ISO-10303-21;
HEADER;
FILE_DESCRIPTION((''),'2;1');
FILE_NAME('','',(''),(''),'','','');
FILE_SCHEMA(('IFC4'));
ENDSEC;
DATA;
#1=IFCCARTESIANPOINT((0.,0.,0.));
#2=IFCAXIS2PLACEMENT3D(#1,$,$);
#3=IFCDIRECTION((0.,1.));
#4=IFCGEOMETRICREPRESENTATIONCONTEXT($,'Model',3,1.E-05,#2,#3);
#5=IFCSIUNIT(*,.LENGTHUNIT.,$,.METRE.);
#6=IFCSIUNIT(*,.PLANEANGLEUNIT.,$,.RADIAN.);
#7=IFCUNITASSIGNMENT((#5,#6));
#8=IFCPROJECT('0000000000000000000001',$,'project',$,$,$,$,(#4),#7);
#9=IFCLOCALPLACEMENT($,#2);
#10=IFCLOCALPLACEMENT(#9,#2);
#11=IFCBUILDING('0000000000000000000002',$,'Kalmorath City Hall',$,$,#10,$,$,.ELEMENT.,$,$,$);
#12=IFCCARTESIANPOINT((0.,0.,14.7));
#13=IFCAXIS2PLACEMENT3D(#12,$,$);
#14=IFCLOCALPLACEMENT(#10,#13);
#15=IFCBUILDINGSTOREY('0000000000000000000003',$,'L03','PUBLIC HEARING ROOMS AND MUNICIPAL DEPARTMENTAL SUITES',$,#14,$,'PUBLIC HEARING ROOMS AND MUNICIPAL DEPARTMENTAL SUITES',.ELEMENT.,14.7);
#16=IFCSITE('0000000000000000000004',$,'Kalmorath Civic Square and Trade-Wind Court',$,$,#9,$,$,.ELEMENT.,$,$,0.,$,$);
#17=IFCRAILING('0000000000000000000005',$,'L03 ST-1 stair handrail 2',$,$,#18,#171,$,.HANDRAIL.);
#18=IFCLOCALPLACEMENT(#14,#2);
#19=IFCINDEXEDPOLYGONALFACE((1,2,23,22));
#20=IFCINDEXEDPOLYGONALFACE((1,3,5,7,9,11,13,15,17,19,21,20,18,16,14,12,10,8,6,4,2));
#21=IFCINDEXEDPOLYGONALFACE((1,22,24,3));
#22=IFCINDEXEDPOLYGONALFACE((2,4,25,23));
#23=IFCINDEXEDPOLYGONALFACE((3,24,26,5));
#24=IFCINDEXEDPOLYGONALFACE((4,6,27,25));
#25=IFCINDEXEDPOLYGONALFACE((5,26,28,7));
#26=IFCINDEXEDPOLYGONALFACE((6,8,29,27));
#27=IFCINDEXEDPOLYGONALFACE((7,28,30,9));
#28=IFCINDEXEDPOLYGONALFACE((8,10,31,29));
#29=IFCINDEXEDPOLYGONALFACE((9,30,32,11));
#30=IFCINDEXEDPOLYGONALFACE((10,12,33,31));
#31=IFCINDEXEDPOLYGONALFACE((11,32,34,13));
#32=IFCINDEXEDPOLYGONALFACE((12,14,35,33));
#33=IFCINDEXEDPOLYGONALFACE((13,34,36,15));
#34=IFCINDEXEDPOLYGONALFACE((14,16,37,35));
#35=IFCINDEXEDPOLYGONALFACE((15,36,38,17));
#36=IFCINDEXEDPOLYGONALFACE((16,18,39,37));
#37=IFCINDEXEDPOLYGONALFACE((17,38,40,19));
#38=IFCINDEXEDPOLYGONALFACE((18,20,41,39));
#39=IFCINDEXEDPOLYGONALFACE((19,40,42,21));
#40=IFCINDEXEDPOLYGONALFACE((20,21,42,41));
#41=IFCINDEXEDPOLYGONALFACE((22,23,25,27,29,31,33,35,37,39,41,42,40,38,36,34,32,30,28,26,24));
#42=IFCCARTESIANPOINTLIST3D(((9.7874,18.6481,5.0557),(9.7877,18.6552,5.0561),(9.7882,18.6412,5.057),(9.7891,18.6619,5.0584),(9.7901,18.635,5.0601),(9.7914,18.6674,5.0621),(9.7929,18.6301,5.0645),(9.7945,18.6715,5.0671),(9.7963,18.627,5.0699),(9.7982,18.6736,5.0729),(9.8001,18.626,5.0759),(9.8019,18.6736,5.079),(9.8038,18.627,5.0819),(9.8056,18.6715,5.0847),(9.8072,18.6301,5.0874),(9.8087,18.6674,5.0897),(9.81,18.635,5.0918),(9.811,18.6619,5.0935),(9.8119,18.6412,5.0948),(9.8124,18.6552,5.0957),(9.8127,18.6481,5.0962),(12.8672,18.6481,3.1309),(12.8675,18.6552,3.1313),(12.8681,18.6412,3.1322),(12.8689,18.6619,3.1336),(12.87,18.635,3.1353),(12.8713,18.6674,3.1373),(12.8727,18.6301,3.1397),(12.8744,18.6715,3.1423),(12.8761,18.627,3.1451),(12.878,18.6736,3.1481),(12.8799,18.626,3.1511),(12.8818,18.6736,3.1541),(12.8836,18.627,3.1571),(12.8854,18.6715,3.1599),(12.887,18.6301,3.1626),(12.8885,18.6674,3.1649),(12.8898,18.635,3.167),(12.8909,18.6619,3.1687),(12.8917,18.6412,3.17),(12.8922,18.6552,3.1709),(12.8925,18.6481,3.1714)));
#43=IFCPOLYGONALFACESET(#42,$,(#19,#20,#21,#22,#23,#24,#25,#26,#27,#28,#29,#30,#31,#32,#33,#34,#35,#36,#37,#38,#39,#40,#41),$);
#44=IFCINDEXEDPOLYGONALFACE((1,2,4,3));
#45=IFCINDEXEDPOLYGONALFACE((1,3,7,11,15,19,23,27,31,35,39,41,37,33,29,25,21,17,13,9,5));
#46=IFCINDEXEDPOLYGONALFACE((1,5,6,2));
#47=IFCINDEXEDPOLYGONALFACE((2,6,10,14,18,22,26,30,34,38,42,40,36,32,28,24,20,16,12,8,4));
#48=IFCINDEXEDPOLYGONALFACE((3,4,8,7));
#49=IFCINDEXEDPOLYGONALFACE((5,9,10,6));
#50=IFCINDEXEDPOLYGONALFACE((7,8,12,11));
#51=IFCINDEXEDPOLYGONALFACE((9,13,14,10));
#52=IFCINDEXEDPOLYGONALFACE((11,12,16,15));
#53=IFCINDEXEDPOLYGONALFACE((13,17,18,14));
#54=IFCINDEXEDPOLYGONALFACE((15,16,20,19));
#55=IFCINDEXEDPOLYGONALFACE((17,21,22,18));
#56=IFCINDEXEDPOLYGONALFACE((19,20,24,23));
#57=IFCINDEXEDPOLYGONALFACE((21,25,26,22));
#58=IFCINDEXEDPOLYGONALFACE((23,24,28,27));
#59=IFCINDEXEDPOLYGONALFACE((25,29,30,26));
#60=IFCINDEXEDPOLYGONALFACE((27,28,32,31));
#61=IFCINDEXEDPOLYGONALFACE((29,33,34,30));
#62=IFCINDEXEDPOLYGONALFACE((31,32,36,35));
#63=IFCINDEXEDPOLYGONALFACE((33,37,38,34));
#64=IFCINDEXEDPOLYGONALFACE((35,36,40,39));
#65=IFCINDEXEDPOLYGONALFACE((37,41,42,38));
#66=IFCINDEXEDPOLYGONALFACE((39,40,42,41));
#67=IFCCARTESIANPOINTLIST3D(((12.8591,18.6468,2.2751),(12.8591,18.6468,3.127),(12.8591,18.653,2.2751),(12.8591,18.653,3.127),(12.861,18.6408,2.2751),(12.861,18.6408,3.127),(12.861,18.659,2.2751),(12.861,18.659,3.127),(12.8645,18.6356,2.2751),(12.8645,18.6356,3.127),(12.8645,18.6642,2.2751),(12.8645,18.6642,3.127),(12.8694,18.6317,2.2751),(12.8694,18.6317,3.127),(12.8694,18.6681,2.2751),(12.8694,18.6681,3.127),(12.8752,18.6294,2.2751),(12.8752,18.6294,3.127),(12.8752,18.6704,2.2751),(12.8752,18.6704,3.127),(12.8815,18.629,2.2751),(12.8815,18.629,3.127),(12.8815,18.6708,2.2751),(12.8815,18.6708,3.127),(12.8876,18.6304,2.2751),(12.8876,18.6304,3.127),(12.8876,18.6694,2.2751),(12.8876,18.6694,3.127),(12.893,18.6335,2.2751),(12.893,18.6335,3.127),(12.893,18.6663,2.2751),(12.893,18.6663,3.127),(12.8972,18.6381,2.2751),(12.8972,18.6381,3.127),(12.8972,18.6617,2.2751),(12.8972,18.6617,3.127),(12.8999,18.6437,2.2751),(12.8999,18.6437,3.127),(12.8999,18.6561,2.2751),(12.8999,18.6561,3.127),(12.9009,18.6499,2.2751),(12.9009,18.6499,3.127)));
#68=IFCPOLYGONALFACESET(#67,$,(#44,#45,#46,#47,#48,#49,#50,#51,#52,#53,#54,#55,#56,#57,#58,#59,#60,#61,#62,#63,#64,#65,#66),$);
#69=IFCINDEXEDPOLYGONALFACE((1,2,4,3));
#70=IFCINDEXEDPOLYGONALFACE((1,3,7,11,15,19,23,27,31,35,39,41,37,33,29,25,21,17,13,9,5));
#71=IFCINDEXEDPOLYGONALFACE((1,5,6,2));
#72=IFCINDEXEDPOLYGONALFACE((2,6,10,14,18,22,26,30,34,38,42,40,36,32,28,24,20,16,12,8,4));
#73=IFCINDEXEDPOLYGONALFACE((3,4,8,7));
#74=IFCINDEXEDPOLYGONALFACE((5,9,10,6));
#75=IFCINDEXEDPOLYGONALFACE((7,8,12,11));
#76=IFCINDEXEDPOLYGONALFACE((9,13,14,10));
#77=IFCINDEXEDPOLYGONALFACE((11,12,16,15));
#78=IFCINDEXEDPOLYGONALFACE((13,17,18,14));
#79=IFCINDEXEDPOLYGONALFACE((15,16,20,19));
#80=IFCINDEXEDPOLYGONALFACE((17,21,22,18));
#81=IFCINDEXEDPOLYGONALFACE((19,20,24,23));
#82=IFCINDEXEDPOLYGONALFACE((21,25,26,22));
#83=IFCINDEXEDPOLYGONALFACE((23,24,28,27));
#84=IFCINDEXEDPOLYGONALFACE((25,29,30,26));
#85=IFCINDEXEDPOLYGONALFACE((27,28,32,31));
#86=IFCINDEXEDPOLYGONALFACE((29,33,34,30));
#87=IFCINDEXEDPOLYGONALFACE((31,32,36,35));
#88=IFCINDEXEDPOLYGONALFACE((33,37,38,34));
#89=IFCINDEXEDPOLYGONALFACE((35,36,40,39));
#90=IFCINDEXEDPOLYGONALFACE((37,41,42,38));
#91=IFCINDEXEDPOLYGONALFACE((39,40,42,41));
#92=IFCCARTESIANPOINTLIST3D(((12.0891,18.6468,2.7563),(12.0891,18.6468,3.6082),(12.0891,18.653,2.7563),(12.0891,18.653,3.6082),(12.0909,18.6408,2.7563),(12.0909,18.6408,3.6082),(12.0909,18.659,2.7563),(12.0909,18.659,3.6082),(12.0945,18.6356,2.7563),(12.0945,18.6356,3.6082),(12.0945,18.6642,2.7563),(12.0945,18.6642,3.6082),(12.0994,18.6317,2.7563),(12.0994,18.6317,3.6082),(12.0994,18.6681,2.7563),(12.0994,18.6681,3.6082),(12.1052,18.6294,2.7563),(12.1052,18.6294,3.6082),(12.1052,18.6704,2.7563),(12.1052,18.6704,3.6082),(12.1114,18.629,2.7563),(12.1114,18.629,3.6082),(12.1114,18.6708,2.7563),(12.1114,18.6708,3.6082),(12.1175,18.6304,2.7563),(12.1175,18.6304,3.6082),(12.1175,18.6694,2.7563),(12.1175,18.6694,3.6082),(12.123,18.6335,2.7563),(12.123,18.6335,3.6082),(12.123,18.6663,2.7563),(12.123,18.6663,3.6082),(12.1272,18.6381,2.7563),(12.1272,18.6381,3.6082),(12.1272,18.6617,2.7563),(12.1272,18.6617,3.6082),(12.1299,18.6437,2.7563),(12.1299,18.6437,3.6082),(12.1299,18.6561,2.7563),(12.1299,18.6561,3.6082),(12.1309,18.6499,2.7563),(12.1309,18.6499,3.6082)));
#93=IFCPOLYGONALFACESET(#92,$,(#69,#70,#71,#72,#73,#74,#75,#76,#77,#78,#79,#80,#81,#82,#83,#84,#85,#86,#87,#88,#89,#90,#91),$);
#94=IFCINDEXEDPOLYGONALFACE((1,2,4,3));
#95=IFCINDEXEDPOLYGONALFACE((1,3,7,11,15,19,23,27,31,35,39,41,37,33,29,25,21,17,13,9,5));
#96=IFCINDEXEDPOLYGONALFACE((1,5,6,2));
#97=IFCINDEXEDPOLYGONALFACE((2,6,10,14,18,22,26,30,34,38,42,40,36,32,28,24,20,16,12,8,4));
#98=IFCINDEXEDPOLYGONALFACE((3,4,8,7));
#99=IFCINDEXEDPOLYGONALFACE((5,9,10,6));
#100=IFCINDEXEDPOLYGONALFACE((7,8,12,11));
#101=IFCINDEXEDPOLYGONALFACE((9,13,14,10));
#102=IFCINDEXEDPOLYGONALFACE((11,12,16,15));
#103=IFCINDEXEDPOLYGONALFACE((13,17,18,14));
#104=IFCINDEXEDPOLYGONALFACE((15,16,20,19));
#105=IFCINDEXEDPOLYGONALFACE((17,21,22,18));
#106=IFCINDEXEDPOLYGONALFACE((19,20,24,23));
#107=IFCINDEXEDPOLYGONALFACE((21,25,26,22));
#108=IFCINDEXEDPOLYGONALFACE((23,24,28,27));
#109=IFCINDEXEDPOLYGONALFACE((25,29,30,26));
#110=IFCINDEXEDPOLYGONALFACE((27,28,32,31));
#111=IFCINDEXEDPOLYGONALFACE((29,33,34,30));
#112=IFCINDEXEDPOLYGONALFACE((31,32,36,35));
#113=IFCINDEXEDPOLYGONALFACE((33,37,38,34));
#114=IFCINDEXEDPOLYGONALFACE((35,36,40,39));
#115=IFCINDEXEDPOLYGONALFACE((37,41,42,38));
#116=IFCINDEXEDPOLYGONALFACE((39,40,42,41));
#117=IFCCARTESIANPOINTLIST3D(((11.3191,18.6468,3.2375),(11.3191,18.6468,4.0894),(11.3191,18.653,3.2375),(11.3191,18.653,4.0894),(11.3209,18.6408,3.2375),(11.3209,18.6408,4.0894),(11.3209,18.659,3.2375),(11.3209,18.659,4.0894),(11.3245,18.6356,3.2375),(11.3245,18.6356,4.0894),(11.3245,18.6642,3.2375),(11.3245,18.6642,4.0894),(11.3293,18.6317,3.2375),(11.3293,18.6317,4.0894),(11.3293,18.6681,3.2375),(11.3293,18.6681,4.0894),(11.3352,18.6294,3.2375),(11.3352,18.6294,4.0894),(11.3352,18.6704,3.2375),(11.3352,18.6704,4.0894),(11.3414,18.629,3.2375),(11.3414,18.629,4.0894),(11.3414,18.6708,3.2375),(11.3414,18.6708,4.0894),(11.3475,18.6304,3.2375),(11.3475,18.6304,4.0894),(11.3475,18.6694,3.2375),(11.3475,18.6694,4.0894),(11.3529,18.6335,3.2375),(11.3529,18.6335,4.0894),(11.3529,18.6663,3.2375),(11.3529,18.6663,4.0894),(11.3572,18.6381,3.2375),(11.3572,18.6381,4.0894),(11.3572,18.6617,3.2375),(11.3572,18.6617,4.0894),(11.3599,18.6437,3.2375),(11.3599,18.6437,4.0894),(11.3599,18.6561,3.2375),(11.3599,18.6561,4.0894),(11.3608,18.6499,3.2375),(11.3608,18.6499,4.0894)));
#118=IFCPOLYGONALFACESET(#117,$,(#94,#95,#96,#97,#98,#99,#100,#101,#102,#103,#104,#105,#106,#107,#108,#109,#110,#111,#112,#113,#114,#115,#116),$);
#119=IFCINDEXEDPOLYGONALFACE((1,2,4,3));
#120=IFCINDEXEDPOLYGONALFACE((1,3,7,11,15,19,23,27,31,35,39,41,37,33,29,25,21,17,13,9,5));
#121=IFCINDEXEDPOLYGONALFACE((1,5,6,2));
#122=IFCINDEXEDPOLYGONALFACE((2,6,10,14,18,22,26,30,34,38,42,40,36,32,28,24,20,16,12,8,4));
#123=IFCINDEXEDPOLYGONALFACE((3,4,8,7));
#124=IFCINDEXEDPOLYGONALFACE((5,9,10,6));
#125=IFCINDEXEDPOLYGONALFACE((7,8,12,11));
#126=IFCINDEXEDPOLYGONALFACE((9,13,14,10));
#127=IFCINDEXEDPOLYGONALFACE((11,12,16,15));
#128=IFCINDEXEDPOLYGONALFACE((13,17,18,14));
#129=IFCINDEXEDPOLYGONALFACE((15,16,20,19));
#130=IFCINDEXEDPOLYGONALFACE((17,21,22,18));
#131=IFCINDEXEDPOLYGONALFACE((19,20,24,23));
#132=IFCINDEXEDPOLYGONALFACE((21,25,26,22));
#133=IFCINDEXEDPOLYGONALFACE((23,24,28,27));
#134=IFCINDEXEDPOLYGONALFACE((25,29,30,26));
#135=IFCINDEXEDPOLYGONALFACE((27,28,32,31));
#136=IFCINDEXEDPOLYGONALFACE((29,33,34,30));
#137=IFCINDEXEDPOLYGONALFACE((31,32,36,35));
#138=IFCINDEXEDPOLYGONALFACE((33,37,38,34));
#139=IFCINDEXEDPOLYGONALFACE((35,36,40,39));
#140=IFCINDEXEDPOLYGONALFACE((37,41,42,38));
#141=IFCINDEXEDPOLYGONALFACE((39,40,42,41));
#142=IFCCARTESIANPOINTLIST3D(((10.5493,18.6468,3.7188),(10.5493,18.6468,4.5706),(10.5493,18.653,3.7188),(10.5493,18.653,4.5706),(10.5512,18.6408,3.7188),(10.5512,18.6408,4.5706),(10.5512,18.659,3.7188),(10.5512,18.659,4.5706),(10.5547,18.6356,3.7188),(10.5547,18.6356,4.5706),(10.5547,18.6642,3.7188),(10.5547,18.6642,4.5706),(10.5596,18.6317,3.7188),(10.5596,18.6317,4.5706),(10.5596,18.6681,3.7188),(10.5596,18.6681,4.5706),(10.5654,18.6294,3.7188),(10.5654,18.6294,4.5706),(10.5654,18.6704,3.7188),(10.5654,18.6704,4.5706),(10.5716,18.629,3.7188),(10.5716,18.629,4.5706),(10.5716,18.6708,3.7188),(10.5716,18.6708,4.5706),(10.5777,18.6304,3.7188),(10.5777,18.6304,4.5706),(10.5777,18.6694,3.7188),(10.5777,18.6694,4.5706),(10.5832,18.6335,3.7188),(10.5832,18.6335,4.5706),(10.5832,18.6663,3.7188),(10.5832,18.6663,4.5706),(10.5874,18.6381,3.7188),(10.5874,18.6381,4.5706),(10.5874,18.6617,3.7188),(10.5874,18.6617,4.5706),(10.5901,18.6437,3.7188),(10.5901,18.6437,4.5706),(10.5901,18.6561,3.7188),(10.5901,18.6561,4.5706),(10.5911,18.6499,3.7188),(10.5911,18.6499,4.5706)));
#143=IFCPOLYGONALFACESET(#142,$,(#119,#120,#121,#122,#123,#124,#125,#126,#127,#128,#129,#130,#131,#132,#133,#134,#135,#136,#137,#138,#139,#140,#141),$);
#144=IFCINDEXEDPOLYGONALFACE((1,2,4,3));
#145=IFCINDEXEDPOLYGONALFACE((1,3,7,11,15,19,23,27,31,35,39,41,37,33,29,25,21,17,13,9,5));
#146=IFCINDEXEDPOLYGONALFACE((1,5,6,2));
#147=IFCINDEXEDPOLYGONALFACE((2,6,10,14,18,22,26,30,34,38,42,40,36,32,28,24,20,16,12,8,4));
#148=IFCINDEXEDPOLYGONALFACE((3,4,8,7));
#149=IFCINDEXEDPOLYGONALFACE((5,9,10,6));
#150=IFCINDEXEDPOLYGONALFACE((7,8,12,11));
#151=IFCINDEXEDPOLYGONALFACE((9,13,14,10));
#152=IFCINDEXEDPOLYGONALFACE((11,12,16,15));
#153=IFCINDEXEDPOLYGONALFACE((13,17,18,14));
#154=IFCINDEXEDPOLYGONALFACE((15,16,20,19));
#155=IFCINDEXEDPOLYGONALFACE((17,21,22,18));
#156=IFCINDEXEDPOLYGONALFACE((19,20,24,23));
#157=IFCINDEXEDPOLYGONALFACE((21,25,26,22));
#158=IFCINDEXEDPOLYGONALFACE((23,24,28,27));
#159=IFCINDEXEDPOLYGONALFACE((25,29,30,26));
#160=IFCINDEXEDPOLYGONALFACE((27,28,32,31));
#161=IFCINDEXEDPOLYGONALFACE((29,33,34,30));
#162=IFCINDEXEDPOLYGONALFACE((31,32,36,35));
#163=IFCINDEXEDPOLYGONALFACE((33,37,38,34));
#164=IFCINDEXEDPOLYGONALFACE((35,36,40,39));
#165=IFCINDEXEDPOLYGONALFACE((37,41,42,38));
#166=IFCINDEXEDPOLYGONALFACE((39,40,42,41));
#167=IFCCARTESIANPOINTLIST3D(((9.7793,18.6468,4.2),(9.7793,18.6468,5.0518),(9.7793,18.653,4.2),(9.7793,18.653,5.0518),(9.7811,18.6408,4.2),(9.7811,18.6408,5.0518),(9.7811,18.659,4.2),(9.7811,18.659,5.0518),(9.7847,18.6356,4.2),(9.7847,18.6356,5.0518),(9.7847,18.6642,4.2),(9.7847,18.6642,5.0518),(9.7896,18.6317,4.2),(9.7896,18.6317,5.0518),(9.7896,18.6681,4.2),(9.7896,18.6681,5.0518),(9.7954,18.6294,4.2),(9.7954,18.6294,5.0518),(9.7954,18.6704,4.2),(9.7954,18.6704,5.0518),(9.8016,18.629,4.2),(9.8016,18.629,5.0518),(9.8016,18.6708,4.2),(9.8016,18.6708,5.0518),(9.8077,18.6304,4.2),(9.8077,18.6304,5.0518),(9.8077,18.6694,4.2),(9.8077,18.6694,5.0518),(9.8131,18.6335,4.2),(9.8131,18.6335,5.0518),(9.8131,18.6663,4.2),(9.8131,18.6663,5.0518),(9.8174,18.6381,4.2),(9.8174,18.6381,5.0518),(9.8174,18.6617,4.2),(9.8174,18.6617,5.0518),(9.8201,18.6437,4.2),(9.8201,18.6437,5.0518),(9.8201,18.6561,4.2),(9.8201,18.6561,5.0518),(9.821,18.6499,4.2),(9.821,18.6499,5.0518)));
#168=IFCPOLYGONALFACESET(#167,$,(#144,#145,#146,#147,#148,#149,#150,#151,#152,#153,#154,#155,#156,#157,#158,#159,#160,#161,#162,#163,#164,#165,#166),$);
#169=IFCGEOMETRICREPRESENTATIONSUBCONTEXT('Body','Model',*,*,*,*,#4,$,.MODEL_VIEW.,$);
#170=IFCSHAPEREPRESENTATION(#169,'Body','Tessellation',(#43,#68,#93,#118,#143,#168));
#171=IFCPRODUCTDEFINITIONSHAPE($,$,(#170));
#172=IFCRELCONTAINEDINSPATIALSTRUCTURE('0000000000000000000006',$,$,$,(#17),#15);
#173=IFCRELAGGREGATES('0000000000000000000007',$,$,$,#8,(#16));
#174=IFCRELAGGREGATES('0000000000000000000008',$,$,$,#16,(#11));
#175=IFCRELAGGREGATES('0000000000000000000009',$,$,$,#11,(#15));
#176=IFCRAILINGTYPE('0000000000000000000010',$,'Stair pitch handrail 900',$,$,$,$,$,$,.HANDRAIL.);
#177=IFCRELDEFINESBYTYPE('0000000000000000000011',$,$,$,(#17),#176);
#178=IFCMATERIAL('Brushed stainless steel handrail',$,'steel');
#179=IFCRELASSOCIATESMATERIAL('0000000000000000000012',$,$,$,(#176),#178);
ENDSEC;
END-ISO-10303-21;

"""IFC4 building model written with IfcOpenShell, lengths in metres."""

from ifc_helpers import new_model, si_unit, direction, frame, origin, origin_2d, place, context, subcontext, project, spatial, circle, extrude, material, type_object, element, save


model = new_model("IFC4")

# Units and contexts
model_context = context("Model", 3, precision=1e-05, world=origin(), true_north=direction((0.0, 1.0)))
body_context = subcontext(model_context, "Body", "Model", "MODEL_VIEW")
ifc_project = project(units=[si_unit("LENGTHUNIT", "METRE"), si_unit("PLANEANGLEUNIT", "RADIAN")], contexts=[model_context])

# Site, building, storey
site_placement = place(None, origin())
site = spatial("IfcSite", under=ifc_project, at=site_placement, Name="Kalmorath Civic Square and Trade-Wind Court", CompositionType="ELEMENT", RefElevation=0.0)
building_placement = place(site_placement, origin())
building = spatial("IfcBuilding", under=site, at=building_placement, Name="Kalmorath City Hall", CompositionType="ELEMENT")
storey_placement = place(building_placement, frame((0.0, 0.0, 14.7)))
storey = spatial("IfcBuildingStorey", under=building, at=storey_placement, Name="L03", Description="PUBLIC HEARING ROOMS AND MUNICIPAL DEPARTMENTAL SUITES", LongName="PUBLIC HEARING ROOMS AND MUNICIPAL DEPARTMENTAL SUITES", CompositionType="ELEMENT", Elevation=14.7)

# Railing
ifc_material_1 = material(Name="Brushed stainless steel handrail", Category="steel")
railing_type_1 = type_object("IfcRailingType", Name="Stair pitch handrail 900", PredefinedType="HANDRAIL", material=ifc_material_1)
railing_1_placement = place(storey_placement, frame((12.8799, 18.6499, 2.2751)))
element("IfcRailing", 1, at=railing_1_placement, inside=storey, type_object=railing_type_1, Name="L03 ST-1 stair handrail 2", PredefinedType="HANDRAIL", context=body_context, shape_type="SweptSolid", body=[
    extrude(circle(Radius=0.0239, at=origin_2d()), frame((0.0, 0.0, 0.876), z_axis=(-0.84801, 0.0, 0.529981), x_axis=(0.0, -1.0, 0.0)), (0.0, 0.0, 1.0), 3.6318),
    extrude(circle(Radius=0.021, at=origin_2d()), origin(), (0.0, 0.0, 1.0), 0.8518),
    extrude(circle(Radius=0.021, at=origin_2d()), frame((-0.77, 0.0, 0.4812)), (0.0, 0.0, 1.0), 0.8518),
    extrude(circle(Radius=0.021, at=origin_2d()), frame((-1.54, 0.0, 0.9624)), (0.0, 0.0, 1.0), 0.8518),
    extrude(circle(Radius=0.021, at=origin_2d()), frame((-2.3098, 0.0, 1.4436)), (0.0, 0.0, 1.0), 0.8518),
    extrude(circle(Radius=0.021, at=origin_2d()), frame((-3.0798, 0.0, 1.9248)), (0.0, 0.0, 1.0), 0.8518),
])

save(model, "model.ifc")
